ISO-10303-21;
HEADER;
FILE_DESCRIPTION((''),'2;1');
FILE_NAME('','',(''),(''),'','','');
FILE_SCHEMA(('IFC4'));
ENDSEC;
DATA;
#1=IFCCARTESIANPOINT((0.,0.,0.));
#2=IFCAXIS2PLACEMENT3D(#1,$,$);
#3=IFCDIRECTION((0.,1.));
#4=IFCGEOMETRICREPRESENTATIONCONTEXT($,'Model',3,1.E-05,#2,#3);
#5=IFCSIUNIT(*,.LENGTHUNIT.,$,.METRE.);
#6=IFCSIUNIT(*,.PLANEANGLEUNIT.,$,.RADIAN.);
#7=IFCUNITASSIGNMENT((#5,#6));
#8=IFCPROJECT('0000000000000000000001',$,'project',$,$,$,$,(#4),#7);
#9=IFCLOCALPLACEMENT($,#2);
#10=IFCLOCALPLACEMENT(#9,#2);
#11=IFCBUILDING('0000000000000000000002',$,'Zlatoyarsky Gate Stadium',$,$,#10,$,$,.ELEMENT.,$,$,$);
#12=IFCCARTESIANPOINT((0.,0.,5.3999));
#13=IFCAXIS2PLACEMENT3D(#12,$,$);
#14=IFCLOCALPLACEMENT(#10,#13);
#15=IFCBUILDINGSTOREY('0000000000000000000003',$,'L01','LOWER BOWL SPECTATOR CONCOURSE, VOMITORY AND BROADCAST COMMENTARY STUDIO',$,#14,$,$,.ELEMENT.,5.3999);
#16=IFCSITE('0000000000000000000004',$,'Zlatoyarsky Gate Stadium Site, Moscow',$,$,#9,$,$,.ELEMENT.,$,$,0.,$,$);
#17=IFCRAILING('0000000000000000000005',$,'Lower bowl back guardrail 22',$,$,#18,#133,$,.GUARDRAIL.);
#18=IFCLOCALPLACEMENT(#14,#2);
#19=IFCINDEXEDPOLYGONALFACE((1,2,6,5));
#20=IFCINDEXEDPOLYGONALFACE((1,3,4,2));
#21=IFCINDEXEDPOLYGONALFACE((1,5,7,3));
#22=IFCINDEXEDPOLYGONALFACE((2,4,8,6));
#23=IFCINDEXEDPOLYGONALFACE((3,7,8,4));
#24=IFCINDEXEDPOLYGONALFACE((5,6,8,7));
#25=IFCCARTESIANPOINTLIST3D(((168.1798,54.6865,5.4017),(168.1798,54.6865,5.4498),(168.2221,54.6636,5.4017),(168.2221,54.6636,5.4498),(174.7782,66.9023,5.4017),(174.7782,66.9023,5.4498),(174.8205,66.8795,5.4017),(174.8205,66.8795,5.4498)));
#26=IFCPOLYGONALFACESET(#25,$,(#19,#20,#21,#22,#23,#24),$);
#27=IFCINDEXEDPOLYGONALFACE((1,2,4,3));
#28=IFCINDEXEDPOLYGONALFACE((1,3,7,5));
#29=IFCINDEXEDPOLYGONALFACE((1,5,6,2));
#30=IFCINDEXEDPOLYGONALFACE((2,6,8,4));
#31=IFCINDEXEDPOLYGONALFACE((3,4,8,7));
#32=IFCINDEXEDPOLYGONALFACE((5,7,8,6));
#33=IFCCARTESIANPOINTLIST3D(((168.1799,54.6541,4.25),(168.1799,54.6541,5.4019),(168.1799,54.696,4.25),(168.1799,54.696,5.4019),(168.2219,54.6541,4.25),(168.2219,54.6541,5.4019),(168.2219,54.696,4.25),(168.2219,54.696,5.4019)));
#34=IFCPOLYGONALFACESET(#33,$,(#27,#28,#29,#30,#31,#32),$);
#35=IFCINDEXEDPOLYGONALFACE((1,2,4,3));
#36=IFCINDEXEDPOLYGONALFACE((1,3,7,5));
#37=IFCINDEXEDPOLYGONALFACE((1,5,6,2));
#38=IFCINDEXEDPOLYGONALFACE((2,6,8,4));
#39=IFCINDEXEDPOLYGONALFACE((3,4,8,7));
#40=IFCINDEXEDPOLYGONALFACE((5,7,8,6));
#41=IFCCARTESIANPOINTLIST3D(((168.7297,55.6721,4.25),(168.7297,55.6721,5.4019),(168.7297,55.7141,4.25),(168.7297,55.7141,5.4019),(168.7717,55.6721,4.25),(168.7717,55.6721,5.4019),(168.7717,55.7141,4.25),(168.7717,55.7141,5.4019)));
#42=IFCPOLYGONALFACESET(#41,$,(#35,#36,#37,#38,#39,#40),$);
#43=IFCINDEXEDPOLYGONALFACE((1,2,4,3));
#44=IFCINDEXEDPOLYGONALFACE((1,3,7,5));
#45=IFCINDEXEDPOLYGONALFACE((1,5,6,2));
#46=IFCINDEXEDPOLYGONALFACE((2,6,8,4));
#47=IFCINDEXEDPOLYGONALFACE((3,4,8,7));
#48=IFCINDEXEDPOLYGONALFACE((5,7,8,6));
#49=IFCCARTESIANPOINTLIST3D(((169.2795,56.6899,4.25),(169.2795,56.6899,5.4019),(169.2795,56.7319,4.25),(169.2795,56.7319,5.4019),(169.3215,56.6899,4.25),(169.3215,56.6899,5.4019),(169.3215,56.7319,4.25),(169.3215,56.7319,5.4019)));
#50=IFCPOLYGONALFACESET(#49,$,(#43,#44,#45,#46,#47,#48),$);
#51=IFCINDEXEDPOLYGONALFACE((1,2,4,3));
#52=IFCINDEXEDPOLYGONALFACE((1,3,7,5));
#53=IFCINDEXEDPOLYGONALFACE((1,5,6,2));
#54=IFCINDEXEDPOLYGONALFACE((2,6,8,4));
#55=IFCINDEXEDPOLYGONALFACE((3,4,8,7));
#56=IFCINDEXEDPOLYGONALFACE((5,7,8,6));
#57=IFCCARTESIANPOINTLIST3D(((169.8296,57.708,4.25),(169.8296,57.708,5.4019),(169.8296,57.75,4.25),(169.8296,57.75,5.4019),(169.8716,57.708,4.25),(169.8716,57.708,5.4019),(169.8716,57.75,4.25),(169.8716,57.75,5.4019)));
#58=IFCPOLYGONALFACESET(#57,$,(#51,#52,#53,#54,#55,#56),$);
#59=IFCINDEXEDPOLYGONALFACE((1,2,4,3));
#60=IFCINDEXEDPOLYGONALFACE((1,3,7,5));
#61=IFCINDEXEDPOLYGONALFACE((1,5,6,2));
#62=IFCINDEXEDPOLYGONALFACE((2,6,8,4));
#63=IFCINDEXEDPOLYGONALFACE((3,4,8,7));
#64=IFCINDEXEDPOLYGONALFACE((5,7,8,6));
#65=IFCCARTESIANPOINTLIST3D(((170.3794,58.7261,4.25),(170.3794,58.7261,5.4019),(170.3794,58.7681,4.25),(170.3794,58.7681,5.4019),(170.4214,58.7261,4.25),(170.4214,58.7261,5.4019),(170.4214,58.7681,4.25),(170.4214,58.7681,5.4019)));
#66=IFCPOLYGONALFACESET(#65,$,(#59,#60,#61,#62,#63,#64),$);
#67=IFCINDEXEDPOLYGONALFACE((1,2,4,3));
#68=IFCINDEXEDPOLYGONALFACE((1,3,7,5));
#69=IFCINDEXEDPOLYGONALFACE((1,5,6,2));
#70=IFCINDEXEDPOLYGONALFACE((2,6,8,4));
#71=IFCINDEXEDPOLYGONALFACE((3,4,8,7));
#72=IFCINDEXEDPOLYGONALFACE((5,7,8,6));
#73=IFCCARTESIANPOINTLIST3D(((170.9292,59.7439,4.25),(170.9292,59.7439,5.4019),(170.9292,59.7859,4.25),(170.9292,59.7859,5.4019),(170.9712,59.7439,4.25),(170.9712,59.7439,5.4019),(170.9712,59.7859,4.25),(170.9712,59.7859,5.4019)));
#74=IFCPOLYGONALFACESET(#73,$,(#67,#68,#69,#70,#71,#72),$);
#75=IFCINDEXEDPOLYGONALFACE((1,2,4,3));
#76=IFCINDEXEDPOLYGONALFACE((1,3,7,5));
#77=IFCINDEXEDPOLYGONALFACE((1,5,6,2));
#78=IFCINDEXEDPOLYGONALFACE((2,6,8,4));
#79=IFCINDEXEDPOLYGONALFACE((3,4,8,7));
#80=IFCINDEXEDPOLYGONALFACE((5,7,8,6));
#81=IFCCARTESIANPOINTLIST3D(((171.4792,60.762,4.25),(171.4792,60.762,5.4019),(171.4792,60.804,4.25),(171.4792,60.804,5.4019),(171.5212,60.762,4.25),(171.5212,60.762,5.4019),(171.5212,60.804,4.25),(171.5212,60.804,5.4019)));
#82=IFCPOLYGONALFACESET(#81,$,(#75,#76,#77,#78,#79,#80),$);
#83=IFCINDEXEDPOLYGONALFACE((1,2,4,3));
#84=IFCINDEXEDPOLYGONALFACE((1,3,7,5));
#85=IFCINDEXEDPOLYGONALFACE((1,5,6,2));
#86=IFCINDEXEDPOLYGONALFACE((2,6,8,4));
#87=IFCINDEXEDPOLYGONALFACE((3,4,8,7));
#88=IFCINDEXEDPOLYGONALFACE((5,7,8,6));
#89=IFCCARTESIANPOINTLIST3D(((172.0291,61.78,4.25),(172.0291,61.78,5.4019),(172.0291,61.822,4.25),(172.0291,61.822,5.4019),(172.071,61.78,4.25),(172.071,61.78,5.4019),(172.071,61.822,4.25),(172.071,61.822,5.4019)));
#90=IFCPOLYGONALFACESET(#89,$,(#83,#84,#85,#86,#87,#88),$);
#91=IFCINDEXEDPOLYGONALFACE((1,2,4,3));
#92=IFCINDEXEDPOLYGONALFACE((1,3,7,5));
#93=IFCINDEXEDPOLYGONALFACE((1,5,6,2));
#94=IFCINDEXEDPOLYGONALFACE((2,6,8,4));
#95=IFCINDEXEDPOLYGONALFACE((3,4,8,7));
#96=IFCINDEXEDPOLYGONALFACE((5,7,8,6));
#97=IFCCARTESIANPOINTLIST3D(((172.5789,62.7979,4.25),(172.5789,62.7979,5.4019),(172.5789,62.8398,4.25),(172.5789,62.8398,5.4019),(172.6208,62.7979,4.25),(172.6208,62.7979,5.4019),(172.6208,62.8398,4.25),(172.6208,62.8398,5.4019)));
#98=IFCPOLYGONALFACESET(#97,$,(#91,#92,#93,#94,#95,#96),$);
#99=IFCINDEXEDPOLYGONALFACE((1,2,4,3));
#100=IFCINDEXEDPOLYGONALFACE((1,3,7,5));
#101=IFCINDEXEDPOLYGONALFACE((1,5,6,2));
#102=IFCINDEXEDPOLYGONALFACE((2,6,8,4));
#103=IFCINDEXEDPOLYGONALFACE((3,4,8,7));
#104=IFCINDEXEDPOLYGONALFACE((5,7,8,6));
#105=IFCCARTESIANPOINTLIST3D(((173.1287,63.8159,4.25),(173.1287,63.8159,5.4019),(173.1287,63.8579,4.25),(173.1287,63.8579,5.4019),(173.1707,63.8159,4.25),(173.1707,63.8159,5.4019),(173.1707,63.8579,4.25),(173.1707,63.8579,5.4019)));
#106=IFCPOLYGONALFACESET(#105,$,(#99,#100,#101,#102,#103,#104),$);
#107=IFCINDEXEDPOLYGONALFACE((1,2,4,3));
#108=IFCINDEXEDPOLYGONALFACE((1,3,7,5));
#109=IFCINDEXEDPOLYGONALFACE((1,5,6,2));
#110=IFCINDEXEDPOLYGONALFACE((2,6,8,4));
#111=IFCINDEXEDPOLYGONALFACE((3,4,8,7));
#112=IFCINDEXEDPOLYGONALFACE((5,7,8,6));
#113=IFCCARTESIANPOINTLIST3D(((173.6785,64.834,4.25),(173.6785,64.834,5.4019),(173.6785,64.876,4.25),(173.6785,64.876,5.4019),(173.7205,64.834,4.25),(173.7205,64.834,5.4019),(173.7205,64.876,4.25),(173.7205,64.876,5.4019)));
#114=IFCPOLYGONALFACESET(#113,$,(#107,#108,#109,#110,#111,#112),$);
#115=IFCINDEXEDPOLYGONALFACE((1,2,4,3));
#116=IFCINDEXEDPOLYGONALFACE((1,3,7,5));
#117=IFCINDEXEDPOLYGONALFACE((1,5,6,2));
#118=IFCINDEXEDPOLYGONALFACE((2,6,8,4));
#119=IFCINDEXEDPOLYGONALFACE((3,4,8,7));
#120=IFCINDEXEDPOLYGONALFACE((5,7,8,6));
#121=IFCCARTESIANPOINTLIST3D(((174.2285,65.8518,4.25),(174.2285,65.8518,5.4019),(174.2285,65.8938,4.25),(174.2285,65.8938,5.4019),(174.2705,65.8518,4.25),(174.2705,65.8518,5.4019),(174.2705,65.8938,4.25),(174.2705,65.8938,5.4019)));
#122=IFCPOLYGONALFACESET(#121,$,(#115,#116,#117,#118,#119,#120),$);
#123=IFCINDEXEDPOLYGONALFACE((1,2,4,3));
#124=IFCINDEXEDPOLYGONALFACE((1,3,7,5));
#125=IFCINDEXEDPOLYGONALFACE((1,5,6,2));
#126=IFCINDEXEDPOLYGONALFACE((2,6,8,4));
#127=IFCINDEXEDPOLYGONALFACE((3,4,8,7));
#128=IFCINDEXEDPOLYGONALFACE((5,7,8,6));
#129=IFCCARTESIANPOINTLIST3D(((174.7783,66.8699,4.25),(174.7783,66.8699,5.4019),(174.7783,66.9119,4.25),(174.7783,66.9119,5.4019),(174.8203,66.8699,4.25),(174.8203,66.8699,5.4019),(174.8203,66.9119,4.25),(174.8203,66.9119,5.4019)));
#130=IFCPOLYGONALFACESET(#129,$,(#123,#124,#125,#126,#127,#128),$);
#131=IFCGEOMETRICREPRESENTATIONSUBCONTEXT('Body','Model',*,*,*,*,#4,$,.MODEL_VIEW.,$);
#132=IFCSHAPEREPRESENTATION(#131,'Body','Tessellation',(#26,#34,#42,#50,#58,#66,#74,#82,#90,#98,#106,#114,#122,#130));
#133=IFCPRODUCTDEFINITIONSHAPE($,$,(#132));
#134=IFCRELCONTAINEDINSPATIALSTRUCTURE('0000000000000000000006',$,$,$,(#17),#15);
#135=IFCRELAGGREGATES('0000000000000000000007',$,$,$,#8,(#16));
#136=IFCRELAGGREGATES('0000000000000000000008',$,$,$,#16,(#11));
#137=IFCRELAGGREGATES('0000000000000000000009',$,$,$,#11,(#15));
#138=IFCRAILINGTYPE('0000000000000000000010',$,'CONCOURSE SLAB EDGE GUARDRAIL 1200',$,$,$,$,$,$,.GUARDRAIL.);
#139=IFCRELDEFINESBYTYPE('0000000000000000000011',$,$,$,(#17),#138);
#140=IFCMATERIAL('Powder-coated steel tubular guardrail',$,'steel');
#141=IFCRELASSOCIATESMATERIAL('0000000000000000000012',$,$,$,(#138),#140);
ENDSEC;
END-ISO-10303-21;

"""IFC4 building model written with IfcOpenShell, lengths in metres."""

from ifc_helpers import new_model, si_unit, direction, frame, origin, origin_2d, place, context, subcontext, project, spatial, rectangle, extrude, material, type_object, element, save


model = new_model("IFC4")

# Units and contexts
model_context = context("Model", 3, precision=1e-05, world=origin(), true_north=direction((0.0, 1.0)))
body_context = subcontext(model_context, "Body", "Model", "MODEL_VIEW")
ifc_project = project(units=[si_unit("LENGTHUNIT", "METRE"), si_unit("PLANEANGLEUNIT", "RADIAN")], contexts=[model_context])

# Site, building, storey
site_placement = place(None, origin())
site = spatial("IfcSite", under=ifc_project, at=site_placement, Name="Zlatoyarsky Gate Stadium Site, Moscow", CompositionType="ELEMENT", RefElevation=0.0)
building_placement = place(site_placement, origin())
building = spatial("IfcBuilding", under=site, at=building_placement, Name="Zlatoyarsky Gate Stadium", CompositionType="ELEMENT")
storey_placement = place(building_placement, frame((0.0, 0.0, 5.3999)))
storey = spatial("IfcBuildingStorey", under=building, at=storey_placement, Name="L01", Description="LOWER BOWL SPECTATOR CONCOURSE, VOMITORY AND BROADCAST COMMENTARY STUDIO", CompositionType="ELEMENT", Elevation=5.3999)

# Railing
ifc_material_1 = material(Name="Powder-coated steel tubular guardrail", Category="steel")
railing_type_1 = type_object("IfcRailingType", Name="CONCOURSE SLAB EDGE GUARDRAIL 1200", PredefinedType="GUARDRAIL", material=ifc_material_1)
railing_1_placement = place(storey_placement, frame((168.2009, 54.675, 4.25)))
element("IfcRailing", 1, at=railing_1_placement, inside=storey, type_object=railing_type_1, Name="Lower bowl back guardrail 22", PredefinedType="GUARDRAIL", context=body_context, shape_type="SweptSolid", body=[
    extrude(rectangle(XDim=0.0481, YDim=0.0481, at=origin_2d()), frame((0.0, 0.0, 1.1758), z_axis=(0.475252, 0.87985, 0.0), x_axis=(-0.87985, 0.475252, 0.0)), (0.0, 0.0, 1.0), 13.884),
    extrude(rectangle(XDim=0.042, YDim=0.042, at=origin_2d()), origin(), (0.0, 0.0, 1.0), 1.1519),
    extrude(rectangle(XDim=0.042, YDim=0.042, at=origin_2d()), frame((0.5498, 1.0181, 0.0)), (0.0, 0.0, 1.0), 1.1519),
    extrude(rectangle(XDim=0.042, YDim=0.042, at=origin_2d()), frame((1.0996, 2.0359, 0.0)), (0.0, 0.0, 1.0), 1.1519),
    extrude(rectangle(XDim=0.042, YDim=0.042, at=origin_2d()), frame((1.6497, 3.054, 0.0)), (0.0, 0.0, 1.0), 1.1519),
    extrude(rectangle(XDim=0.042, YDim=0.042, at=origin_2d()), frame((2.1995, 4.072, 0.0)), (0.0, 0.0, 1.0), 1.1519),
    extrude(rectangle(XDim=0.042, YDim=0.042, at=origin_2d()), frame((2.7493, 5.0898, 0.0)), (0.0, 0.0, 1.0), 1.1519),
    extrude(rectangle(XDim=0.042, YDim=0.042, at=origin_2d()), frame((3.2993, 6.1079, 0.0)), (0.0, 0.0, 1.0), 1.1519),
    extrude(rectangle(XDim=0.042, YDim=0.042, at=origin_2d()), frame((3.8491, 7.126, 0.0)), (0.0, 0.0, 1.0), 1.1519),
    extrude(rectangle(XDim=0.042, YDim=0.042, at=origin_2d()), frame((4.3989, 8.1438, 0.0)), (0.0, 0.0, 1.0), 1.1519),
    extrude(rectangle(XDim=0.042, YDim=0.042, at=origin_2d()), frame((4.9487, 9.1619, 0.0)), (0.0, 0.0, 1.0), 1.1519),
    extrude(rectangle(XDim=0.042, YDim=0.042, at=origin_2d()), frame((5.4985, 10.1799, 0.0)), (0.0, 0.0, 1.0), 1.1519),
    extrude(rectangle(XDim=0.042, YDim=0.042, at=origin_2d()), frame((6.0486, 11.1978, 0.0)), (0.0, 0.0, 1.0), 1.1519),
    extrude(rectangle(XDim=0.042, YDim=0.042, at=origin_2d()), frame((6.5984, 12.2158, 0.0)), (0.0, 0.0, 1.0), 1.1519),
])

save(model, "model.ifc")
